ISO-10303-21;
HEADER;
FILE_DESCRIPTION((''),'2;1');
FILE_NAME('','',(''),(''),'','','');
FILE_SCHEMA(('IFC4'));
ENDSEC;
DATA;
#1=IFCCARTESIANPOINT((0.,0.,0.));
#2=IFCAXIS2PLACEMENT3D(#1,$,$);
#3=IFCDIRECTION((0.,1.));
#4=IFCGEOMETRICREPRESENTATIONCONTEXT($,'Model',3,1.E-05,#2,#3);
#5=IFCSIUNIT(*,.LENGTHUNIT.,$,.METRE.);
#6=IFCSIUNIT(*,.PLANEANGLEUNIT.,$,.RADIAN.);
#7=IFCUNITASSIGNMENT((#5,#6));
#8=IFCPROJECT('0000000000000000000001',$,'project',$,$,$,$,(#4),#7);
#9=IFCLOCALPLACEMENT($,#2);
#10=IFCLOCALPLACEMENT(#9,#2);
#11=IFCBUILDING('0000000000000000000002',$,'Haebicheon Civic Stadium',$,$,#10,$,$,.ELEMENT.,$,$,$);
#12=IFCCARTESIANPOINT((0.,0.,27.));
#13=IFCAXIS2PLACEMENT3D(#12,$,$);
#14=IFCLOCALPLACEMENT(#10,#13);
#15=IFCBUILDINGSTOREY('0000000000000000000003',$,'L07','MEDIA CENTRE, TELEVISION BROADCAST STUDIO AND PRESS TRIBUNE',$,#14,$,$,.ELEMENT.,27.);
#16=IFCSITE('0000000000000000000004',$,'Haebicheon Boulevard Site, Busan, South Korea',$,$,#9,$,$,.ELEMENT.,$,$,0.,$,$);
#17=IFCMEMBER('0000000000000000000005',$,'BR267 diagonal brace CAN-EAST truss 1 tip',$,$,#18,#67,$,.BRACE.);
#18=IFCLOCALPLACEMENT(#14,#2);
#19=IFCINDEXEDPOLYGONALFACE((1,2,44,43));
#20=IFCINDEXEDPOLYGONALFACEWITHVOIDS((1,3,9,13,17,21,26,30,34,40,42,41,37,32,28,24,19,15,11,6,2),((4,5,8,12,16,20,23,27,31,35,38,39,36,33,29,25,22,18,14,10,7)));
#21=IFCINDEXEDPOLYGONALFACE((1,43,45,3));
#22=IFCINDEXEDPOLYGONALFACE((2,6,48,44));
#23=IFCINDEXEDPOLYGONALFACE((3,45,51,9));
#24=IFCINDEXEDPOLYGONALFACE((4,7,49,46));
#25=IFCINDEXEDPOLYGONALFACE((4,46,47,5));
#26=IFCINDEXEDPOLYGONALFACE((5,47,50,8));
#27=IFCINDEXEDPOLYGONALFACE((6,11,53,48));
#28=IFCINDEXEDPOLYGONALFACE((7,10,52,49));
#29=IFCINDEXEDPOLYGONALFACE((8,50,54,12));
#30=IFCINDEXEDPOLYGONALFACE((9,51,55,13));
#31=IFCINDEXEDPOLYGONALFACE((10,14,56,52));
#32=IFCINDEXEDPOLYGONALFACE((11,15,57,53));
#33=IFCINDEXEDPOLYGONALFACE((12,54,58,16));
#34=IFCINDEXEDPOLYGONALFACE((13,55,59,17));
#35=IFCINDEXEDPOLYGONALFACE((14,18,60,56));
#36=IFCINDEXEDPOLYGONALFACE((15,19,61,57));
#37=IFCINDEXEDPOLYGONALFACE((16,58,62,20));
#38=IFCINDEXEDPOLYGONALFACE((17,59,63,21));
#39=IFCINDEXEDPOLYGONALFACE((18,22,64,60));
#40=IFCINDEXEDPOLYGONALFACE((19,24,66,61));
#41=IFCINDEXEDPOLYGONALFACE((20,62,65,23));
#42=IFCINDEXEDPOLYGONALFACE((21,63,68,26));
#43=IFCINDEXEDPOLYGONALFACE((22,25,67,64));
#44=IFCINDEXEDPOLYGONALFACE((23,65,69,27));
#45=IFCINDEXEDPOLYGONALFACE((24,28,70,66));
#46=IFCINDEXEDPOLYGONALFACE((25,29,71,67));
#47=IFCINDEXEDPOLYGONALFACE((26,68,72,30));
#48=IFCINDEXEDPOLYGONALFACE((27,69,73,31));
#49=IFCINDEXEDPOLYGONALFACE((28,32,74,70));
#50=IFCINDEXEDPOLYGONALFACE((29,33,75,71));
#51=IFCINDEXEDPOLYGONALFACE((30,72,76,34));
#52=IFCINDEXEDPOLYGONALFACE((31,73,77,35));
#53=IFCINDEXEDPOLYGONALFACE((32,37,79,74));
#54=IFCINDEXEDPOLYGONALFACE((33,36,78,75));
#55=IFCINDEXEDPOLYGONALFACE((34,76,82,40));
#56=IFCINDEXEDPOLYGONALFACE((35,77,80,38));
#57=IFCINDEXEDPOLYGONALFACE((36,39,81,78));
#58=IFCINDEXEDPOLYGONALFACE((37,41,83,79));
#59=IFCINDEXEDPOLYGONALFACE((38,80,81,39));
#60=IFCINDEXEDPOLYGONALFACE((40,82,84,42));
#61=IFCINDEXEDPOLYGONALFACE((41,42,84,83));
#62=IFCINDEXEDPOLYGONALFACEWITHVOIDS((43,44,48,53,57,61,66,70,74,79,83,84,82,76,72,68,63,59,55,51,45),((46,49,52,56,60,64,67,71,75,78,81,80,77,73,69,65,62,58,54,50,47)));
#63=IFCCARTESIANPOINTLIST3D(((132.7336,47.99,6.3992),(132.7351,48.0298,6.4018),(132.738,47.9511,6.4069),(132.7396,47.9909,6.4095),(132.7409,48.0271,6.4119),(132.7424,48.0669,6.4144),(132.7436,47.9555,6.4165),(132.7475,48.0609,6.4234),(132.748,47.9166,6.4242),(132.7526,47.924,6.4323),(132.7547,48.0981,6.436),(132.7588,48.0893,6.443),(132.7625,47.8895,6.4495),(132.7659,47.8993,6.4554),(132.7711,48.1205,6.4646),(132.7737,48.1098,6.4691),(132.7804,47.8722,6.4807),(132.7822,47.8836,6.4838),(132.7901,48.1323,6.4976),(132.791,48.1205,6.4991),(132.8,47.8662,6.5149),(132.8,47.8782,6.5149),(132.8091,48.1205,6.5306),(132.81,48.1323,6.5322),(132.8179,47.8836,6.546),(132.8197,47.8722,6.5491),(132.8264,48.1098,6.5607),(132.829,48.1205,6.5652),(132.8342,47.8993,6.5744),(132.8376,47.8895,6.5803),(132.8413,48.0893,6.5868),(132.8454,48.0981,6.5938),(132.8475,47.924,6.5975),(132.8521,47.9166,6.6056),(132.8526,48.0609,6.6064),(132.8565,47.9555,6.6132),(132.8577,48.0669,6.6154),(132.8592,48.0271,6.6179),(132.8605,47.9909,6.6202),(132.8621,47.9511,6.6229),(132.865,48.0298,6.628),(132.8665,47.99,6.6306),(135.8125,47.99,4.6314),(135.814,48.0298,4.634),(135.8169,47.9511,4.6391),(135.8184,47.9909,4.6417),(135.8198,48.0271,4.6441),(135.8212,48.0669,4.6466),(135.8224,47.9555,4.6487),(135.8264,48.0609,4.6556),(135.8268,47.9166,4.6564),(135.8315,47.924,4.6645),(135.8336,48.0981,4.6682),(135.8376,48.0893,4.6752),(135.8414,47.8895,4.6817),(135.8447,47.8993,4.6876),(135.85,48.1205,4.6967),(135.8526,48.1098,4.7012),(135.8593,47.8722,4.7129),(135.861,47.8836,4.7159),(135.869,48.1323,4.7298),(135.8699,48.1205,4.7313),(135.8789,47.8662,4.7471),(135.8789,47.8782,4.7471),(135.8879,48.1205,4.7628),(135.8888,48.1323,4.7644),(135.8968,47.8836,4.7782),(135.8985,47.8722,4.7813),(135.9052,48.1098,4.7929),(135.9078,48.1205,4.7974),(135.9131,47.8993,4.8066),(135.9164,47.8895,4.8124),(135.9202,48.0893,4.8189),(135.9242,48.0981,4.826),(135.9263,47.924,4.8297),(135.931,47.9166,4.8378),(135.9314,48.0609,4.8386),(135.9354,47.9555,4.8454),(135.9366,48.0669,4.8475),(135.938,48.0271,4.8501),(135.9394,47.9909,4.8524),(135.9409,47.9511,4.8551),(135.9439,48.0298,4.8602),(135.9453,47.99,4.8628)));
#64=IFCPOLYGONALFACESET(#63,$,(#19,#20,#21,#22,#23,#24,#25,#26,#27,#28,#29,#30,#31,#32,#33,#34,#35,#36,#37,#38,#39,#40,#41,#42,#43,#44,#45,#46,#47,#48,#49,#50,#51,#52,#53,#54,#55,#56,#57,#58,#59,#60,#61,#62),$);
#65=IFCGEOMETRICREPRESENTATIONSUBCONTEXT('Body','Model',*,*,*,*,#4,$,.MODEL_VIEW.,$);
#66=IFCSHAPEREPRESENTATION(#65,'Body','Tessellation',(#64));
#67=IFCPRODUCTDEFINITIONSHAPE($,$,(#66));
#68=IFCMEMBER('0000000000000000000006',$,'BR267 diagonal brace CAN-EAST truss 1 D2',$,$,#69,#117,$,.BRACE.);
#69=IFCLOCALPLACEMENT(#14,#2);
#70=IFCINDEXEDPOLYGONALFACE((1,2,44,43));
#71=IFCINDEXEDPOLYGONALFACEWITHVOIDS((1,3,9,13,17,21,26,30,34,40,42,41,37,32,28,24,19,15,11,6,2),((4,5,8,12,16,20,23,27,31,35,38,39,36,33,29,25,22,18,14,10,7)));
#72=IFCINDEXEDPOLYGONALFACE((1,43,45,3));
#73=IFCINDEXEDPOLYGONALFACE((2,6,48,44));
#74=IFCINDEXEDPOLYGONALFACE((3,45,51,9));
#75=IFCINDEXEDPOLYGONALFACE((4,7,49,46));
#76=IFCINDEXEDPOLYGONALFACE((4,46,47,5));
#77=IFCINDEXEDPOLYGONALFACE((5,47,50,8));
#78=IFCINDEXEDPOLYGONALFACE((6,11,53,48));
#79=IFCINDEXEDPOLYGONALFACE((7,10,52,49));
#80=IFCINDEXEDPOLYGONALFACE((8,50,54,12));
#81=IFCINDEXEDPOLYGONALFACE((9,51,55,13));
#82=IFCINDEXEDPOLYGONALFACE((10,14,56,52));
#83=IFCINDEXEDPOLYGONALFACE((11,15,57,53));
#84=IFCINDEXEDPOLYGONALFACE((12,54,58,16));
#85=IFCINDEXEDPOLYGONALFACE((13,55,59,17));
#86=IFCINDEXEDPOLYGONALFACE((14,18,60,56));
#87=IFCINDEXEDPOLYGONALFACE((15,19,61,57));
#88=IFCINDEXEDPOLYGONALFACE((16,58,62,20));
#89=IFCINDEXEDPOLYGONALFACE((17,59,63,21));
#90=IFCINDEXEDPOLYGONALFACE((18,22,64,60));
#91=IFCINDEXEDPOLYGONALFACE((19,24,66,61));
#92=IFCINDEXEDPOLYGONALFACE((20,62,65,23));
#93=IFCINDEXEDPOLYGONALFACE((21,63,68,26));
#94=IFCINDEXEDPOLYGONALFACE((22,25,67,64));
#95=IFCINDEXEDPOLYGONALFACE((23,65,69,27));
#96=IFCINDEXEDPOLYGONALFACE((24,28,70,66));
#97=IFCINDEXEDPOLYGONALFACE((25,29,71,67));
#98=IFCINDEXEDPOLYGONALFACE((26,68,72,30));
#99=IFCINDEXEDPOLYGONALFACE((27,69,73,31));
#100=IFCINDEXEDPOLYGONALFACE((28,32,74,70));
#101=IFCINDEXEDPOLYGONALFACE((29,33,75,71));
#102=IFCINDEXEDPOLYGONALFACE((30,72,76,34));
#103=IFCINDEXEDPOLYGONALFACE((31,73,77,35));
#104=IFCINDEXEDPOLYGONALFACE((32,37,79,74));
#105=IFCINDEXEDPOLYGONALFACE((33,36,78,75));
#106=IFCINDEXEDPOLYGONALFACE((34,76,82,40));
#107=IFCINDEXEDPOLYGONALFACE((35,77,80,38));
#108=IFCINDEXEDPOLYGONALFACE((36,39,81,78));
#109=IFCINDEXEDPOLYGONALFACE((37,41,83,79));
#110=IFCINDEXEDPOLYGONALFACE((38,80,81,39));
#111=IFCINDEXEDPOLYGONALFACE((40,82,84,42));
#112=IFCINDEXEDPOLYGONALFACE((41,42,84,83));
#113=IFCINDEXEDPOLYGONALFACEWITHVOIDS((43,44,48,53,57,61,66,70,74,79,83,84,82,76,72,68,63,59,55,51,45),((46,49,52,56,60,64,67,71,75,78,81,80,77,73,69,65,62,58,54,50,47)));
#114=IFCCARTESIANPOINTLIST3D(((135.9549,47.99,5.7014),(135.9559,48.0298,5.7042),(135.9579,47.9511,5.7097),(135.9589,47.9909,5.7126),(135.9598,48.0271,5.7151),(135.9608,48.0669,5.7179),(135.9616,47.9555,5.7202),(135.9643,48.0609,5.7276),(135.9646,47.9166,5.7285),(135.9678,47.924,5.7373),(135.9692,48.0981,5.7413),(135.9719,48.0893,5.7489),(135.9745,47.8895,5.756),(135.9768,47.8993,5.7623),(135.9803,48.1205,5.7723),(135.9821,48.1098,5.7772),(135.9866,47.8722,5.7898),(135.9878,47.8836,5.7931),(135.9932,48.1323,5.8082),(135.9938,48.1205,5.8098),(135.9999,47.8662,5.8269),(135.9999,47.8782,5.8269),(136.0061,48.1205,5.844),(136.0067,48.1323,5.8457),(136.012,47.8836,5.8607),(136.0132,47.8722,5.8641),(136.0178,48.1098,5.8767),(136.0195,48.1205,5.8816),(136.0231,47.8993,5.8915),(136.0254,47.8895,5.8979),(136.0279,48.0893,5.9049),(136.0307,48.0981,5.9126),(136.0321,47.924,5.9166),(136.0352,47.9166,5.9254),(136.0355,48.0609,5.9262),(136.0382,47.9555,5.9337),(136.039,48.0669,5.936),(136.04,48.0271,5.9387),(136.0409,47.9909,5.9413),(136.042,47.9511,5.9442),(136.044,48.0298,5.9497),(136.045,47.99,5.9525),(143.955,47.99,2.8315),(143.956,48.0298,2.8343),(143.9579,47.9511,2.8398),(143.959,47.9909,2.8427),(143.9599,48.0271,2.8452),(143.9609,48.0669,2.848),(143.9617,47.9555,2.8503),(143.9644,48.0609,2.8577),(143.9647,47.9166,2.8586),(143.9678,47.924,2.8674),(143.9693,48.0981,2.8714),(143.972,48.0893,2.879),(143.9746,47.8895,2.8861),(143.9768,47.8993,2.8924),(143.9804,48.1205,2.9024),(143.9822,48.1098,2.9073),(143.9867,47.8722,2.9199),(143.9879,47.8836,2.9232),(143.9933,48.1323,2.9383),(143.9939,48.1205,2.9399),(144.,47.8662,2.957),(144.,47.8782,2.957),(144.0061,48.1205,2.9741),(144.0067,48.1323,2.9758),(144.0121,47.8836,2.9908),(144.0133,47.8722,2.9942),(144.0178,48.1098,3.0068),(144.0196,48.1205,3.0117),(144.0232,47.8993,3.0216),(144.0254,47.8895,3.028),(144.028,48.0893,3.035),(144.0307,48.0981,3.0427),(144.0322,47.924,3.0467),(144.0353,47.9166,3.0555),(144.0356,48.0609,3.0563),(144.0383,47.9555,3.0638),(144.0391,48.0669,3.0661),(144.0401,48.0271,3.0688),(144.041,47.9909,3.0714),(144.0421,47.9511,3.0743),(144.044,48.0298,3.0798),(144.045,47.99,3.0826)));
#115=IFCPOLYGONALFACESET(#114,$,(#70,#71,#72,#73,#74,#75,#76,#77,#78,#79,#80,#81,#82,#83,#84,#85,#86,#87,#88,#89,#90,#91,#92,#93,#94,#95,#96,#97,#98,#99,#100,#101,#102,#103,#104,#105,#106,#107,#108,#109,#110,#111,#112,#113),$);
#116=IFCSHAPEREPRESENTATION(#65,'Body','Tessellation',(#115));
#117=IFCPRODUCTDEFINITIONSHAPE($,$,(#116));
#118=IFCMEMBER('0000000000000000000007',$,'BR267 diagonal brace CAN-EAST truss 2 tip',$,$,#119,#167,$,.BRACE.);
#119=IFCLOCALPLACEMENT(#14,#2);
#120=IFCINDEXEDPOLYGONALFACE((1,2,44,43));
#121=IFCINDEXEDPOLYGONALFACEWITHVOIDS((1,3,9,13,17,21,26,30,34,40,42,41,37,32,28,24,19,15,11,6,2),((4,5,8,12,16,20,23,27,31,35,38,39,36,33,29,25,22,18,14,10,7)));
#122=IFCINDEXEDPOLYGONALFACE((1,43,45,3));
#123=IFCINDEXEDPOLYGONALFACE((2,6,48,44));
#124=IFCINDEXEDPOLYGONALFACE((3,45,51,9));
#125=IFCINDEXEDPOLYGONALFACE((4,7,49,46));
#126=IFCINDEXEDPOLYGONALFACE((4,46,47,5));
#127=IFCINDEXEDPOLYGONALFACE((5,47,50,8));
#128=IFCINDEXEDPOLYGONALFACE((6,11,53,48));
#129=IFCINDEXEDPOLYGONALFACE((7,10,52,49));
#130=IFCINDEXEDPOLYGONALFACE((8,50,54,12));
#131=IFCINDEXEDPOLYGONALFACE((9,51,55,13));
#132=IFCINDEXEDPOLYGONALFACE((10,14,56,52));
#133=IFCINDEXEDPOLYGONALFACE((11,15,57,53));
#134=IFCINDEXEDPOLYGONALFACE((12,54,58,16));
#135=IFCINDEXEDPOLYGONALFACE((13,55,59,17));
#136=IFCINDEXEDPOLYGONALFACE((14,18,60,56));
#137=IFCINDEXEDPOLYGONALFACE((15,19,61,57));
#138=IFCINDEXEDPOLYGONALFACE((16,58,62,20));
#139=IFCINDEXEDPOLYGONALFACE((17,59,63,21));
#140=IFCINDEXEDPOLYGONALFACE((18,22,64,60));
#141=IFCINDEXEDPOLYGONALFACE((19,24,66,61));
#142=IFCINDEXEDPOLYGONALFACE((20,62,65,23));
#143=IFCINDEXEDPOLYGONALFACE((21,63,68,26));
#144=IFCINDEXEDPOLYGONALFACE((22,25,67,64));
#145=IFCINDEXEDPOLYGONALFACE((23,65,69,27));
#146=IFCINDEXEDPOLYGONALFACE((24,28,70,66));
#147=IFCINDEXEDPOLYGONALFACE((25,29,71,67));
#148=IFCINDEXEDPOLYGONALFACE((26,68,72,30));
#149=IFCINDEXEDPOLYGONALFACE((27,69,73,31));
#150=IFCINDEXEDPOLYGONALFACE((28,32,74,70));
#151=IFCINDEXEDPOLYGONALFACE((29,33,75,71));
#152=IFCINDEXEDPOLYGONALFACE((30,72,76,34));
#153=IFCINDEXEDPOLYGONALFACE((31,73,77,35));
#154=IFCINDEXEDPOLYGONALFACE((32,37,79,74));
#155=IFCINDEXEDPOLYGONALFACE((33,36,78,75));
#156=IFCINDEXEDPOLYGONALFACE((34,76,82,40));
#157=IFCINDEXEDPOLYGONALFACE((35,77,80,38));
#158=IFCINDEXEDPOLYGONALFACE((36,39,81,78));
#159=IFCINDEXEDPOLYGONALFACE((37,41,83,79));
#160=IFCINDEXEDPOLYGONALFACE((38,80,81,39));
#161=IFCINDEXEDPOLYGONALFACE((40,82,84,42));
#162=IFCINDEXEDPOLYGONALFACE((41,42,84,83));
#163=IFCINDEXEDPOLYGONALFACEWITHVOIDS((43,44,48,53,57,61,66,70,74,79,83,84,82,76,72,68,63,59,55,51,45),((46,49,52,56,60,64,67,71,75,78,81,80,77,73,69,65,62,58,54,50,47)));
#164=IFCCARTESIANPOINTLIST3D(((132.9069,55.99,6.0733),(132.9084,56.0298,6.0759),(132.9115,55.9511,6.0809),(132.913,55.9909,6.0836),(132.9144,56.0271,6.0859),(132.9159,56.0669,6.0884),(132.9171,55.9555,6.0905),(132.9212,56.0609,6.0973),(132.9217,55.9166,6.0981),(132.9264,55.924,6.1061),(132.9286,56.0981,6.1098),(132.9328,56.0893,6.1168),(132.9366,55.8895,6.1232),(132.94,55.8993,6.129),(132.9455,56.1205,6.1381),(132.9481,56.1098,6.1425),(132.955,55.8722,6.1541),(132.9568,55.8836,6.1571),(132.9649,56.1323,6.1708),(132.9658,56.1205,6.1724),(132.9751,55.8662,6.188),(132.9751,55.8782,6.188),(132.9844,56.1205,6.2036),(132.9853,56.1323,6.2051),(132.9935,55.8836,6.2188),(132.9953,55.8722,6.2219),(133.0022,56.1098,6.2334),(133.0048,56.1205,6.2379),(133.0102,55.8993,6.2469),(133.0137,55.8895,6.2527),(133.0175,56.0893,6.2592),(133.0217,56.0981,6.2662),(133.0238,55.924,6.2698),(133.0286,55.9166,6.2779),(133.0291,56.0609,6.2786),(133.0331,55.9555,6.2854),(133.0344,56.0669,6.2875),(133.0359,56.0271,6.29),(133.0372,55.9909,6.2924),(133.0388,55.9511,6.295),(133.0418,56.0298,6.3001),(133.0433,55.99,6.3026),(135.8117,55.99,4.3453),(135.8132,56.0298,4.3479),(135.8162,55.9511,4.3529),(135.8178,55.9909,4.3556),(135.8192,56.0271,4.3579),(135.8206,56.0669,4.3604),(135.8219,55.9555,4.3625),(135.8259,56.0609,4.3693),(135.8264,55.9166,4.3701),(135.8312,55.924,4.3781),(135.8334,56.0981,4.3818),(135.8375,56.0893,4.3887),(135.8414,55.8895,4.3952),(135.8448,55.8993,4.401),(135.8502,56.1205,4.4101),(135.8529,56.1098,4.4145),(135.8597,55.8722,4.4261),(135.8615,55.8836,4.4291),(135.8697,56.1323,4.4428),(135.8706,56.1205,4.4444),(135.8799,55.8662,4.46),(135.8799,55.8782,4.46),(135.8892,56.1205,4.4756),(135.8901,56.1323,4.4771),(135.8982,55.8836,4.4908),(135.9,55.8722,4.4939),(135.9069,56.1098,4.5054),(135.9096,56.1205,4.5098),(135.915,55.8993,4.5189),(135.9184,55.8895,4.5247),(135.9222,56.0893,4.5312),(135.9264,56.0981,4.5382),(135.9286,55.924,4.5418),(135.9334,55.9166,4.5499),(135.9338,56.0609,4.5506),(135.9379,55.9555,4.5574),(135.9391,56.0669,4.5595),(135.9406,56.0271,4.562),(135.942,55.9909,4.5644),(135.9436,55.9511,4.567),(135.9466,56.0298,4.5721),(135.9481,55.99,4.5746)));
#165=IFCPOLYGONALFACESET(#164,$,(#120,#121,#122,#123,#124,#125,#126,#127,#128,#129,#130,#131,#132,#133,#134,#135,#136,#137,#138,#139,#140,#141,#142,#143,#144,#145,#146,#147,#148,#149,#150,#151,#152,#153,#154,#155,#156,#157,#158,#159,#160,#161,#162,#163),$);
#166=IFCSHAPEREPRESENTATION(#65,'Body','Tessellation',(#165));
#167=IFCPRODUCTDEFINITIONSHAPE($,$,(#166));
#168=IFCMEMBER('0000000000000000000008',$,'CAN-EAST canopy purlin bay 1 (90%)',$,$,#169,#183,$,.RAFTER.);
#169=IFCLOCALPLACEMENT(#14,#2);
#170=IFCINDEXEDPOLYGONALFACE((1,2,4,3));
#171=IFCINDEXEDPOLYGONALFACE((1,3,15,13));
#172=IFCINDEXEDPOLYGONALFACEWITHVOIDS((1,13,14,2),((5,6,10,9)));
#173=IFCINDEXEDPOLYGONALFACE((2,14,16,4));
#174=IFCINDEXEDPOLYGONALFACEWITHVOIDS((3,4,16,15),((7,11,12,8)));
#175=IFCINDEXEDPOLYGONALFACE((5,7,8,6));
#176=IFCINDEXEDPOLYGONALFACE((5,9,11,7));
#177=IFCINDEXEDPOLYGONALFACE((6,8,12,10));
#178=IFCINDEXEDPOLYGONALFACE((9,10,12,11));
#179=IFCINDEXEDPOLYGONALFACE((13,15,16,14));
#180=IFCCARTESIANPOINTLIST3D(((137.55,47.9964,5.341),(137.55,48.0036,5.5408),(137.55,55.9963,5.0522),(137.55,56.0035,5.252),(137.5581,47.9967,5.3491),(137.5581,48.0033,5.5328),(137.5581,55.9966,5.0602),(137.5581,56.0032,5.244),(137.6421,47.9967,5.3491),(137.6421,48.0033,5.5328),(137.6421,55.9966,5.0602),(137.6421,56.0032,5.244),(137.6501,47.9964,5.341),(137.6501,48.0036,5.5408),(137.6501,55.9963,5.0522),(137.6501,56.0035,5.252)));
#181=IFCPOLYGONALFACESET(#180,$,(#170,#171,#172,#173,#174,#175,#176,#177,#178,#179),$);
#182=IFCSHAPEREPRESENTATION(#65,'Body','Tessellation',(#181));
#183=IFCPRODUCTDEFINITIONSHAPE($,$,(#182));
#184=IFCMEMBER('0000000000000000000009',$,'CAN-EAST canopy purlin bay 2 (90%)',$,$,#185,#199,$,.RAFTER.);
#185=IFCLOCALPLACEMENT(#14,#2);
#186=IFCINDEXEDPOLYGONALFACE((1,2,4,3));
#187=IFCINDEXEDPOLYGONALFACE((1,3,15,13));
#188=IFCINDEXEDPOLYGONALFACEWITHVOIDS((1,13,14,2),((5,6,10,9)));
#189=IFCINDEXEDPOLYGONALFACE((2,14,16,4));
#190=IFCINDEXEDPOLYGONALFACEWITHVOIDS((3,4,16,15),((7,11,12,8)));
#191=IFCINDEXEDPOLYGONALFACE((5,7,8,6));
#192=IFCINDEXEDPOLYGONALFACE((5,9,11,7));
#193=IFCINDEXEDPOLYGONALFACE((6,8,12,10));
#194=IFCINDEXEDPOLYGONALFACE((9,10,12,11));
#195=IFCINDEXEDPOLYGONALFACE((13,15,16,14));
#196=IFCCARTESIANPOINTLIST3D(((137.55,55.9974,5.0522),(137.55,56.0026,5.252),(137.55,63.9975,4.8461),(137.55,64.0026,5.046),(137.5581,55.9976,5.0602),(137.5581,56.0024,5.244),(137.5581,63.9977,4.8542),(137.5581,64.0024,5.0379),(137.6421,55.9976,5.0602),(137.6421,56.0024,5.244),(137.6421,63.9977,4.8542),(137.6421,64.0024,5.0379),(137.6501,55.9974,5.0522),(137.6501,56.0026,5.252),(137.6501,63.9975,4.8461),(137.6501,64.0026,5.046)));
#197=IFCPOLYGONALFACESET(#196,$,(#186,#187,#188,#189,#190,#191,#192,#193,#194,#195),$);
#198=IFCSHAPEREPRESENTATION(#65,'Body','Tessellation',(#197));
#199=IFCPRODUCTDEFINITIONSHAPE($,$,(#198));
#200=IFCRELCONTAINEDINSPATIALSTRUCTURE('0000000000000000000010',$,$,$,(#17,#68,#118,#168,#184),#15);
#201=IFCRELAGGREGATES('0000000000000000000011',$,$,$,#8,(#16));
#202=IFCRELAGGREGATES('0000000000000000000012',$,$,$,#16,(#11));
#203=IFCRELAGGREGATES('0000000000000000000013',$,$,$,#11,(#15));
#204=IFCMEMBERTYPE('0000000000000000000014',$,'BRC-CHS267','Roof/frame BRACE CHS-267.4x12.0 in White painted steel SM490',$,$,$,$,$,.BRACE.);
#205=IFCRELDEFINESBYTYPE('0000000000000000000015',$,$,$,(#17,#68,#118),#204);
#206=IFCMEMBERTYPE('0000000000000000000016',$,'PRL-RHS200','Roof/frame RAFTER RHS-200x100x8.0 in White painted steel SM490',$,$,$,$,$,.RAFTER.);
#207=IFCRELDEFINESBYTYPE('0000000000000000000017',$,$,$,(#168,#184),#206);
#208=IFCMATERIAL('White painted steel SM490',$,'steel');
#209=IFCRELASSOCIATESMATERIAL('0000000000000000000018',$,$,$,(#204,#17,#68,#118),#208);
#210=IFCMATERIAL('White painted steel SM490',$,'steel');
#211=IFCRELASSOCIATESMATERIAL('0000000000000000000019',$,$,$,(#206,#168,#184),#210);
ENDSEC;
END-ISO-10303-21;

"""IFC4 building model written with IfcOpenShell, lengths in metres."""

from ifc_helpers import new_model, si_unit, direction, frame, origin, origin_2d, place, context, subcontext, project, spatial, hollow_rectangle, hollow_circle, extrude, material, material_profile, profile_set, type_object, element, save


model = new_model("IFC4")

# Units and contexts
model_context = context("Model", 3, precision=1e-05, world=origin(), true_north=direction((0.0, 1.0)))
body_context = subcontext(model_context, "Body", "Model", "MODEL_VIEW")
ifc_project = project(units=[si_unit("LENGTHUNIT", "METRE"), si_unit("PLANEANGLEUNIT", "RADIAN")], contexts=[model_context])

# Site, building, storey
site_placement = place(None, origin())
site = spatial("IfcSite", under=ifc_project, at=site_placement, Name="Haebicheon Boulevard Site, Busan, South Korea", CompositionType="ELEMENT", RefElevation=0.0)
building_placement = place(site_placement, origin())
building = spatial("IfcBuilding", under=site, at=building_placement, Name="Haebicheon Civic Stadium", CompositionType="ELEMENT")
storey_placement = place(building_placement, frame((0.0, 0.0, 27.0)))
storey = spatial("IfcBuildingStorey", under=building, at=storey_placement, Name="L07", Description="MEDIA CENTRE, TELEVISION BROADCAST STUDIO AND PRESS TRIBUNE", CompositionType="ELEMENT", Elevation=27.0)

# Members
ifc_material_1 = material(Name="White painted steel SM490", Category="steel")
ifc_material_profile_1 = material_profile(ifc_material_1, hollow_circle(Radius=0.1338, WallThickness=0.012, at=origin_2d()), Name="CHS-267.4x12.0")
ifc_profile_set_1 = profile_set([ifc_material_profile_1], Name="White painted steel SM490")
member_type_1 = type_object("IfcMemberType", Name="BRC-CHS267", Description="Roof/frame BRACE CHS-267.4x12.0 in White painted steel SM490", PredefinedType="BRACE", material=ifc_profile_set_1)
member_1_placement = place(storey_placement, frame((135.8789, 48.0, 4.7471), z_axis=(-0.867213, 0.0, 0.497937), x_axis=(0.0, -1.0, 0.0)))
element("IfcMember", 1, at=member_1_placement, inside=storey, type_object=member_type_1, material=ifc_profile_set_1, Name="BR267 diagonal brace CAN-EAST truss 1 tip", PredefinedType="BRACE", context=body_context, shape_type="SweptSolid", body=[
    extrude(hollow_circle(Radius=0.1338, WallThickness=0.012, at=origin_2d()), origin(), (0.0, 0.0, 1.0), 3.5503),
])
member_2_placement = place(storey_placement, frame((144.0, 48.0, 2.957), z_axis=(-0.941267, 0.0, 0.337664), x_axis=(0.0, -1.0, 0.0)))
element("IfcMember", 2, at=member_2_placement, inside=storey, type_object=member_type_1, material=ifc_profile_set_1, Name="BR267 diagonal brace CAN-EAST truss 1 D2", PredefinedType="BRACE", context=body_context, shape_type="SweptSolid", body=[
    extrude(hollow_circle(Radius=0.1338, WallThickness=0.012, at=origin_2d()), origin(), (0.0, 0.0, 1.0), 8.4993),
])
member_3_placement = place(storey_placement, frame((135.8799, 56.0, 4.46), z_axis=(-0.859424, 0.0, 0.511263), x_axis=(0.0, -1.0, 0.0)))
element("IfcMember", 3, at=member_3_placement, inside=storey, type_object=member_type_1, material=ifc_profile_set_1, Name="BR267 diagonal brace CAN-EAST truss 2 tip", PredefinedType="BRACE", context=body_context, shape_type="SweptSolid", body=[
    extrude(hollow_circle(Radius=0.1338, WallThickness=0.012, at=origin_2d()), origin(), (0.0, 0.0, 1.0), 3.3799),
])
ifc_material_2 = material(Name="White painted steel SM490", Category="steel")
ifc_material_profile_2 = material_profile(ifc_material_2, hollow_rectangle(XDim=0.1001, YDim=0.2, WallThickness=0.0081, at=origin_2d()), Name="RHS-200x100x8.0")
ifc_profile_set_2 = profile_set([ifc_material_profile_2], Name="White painted steel SM490")
member_type_2 = type_object("IfcMemberType", Name="PRL-RHS200", Description="Roof/frame RAFTER RHS-200x100x8.0 in White painted steel SM490", PredefinedType="RAFTER", material=ifc_profile_set_2)
member_4_placement = place(storey_placement, frame((137.6001, 48.0, 5.4409), z_axis=(0.0, 0.999349, -0.036079), x_axis=(-1.0, 0.0, 0.0)))
element("IfcMember", 4, at=member_4_placement, inside=storey, type_object=member_type_2, material=ifc_profile_set_2, Name="CAN-EAST canopy purlin bay 1 (90%)", PredefinedType="RAFTER", context=body_context, shape_type="SweptSolid", body=[
    extrude(hollow_rectangle(XDim=0.1001, YDim=0.2, WallThickness=0.0081, at=origin_2d()), origin(), (0.0, 0.0, 1.0), 8.0051),
])
member_5_placement = place(storey_placement, frame((137.6001, 56.0, 5.1521), z_axis=(0.0, 0.999668, -0.025748), x_axis=(-1.0, 0.0, 0.0)))
element("IfcMember", 5, at=member_5_placement, inside=storey, type_object=member_type_2, material=ifc_profile_set_2, Name="CAN-EAST canopy purlin bay 2 (90%)", PredefinedType="RAFTER", context=body_context, shape_type="SweptSolid", body=[
    extrude(hollow_rectangle(XDim=0.1001, YDim=0.2, WallThickness=0.0081, at=origin_2d()), origin(), (0.0, 0.0, 1.0), 8.0027),
])

save(model, "model.ifc")
